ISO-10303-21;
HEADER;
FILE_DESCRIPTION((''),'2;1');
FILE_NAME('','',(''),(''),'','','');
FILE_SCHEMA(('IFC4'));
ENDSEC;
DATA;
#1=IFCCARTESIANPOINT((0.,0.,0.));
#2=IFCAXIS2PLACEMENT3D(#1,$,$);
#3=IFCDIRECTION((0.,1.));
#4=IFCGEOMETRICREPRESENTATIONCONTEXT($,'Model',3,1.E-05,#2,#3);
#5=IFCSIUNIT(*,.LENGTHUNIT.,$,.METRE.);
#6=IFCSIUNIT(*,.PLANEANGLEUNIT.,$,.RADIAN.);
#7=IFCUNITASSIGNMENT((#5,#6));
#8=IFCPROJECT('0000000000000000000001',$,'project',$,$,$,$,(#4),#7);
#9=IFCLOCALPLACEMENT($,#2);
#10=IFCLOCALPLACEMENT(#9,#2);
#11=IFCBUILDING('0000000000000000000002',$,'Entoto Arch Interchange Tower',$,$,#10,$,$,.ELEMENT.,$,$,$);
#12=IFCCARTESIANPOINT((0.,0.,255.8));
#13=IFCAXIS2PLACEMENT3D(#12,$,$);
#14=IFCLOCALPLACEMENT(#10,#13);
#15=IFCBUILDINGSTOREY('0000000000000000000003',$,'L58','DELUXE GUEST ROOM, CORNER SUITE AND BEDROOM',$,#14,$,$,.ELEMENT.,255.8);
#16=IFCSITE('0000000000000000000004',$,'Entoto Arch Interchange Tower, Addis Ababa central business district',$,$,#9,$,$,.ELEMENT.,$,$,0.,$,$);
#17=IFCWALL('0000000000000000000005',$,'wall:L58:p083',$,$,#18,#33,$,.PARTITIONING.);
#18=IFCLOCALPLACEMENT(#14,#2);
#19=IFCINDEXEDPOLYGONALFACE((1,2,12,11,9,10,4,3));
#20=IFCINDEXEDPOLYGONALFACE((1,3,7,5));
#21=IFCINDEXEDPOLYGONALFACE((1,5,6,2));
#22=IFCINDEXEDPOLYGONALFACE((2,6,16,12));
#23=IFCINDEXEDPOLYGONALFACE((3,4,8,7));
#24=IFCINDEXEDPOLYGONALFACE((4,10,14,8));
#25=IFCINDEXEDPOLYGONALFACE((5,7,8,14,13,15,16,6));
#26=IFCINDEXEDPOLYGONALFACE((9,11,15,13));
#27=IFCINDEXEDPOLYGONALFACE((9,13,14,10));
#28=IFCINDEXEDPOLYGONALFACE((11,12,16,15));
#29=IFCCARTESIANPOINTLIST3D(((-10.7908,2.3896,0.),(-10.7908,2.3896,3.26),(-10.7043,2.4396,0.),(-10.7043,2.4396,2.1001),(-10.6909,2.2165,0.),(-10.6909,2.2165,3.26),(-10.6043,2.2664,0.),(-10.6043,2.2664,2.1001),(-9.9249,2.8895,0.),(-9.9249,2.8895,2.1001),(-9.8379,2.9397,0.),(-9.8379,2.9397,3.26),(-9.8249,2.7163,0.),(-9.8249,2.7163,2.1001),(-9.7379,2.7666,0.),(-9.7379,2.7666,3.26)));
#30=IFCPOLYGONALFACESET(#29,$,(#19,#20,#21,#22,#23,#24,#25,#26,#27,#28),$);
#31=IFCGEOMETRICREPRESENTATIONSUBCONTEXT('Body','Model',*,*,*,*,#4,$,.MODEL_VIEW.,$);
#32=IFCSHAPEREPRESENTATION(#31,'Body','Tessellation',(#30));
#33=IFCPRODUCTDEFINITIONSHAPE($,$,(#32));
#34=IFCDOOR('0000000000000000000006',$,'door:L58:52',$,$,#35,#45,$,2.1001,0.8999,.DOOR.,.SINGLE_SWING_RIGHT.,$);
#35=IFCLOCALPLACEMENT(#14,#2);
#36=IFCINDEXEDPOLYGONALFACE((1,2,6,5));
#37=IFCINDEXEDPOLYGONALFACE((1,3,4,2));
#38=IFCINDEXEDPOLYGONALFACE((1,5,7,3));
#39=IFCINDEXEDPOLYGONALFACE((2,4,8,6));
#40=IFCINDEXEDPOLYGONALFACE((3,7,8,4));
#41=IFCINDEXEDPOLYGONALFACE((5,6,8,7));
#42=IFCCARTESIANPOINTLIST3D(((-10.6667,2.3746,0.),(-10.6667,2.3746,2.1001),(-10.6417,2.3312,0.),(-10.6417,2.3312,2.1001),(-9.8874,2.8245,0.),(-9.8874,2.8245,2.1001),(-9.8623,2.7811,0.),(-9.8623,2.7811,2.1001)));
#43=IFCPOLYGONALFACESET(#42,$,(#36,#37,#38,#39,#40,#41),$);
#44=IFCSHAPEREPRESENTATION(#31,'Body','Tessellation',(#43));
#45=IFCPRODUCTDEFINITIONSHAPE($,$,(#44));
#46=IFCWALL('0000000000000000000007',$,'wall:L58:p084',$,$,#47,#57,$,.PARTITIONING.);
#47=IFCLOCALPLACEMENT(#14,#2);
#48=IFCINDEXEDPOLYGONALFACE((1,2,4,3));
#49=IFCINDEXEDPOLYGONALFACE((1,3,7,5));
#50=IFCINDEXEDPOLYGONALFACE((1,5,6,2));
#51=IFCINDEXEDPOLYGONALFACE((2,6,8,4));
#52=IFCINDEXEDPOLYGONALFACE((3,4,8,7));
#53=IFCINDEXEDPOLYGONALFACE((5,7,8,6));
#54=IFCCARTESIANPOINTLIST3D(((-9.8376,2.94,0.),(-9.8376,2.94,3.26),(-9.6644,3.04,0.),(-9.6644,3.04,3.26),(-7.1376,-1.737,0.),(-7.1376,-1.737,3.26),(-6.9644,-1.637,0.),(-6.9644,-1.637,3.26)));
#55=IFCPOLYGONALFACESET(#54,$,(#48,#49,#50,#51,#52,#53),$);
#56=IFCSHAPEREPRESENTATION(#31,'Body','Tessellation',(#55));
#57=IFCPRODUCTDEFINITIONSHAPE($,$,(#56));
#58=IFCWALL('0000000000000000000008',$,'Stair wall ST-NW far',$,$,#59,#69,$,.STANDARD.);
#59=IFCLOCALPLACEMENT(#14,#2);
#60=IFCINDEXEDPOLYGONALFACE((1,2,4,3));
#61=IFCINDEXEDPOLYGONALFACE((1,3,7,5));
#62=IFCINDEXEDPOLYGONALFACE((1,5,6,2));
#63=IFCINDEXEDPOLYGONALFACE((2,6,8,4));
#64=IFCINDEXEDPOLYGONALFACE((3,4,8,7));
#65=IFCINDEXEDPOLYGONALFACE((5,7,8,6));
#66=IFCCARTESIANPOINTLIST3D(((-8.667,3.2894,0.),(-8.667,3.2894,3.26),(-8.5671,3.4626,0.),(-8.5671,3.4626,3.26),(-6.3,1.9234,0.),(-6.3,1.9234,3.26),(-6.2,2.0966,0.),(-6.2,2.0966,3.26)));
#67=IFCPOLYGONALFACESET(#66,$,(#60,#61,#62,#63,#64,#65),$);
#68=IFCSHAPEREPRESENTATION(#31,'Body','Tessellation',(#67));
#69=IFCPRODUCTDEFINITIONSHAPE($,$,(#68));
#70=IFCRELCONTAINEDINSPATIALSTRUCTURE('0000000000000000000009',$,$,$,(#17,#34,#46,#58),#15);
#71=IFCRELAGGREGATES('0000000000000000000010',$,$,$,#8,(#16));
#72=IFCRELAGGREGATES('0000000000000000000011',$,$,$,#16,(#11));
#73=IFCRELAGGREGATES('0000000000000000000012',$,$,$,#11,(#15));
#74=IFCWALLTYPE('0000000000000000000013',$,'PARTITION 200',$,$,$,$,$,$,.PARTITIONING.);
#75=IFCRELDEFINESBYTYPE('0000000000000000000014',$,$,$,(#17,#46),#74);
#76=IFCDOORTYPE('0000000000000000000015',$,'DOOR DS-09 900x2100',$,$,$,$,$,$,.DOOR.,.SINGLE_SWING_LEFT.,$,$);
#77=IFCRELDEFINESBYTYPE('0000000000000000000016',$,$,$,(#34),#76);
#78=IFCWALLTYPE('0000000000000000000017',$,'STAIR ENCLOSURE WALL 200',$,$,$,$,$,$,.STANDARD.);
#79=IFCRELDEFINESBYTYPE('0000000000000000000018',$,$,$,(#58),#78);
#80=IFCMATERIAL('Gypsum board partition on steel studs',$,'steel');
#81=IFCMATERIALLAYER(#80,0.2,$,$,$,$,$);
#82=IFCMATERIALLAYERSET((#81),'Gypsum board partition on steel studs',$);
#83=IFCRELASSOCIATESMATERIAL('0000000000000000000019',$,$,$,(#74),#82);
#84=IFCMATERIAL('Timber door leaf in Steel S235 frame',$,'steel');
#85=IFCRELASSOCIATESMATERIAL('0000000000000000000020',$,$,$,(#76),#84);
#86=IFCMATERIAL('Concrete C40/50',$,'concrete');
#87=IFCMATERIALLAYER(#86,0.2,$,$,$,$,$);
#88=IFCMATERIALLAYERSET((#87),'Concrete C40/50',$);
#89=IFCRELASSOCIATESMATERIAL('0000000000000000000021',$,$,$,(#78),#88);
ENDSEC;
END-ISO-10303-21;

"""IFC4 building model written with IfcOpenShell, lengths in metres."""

from ifc_helpers import new_model, si_unit, direction, frame, frame_2d, origin, place, context, subcontext, project, spatial, rectangle, extrude, material, layer, layer_set, type_object, element, fill, save


model = new_model("IFC4")

# Units and contexts
model_context = context("Model", 3, precision=1e-05, world=origin(), true_north=direction((0.0, 1.0)))
body_context = subcontext(model_context, "Body", "Model", "MODEL_VIEW")
ifc_project = project(units=[si_unit("LENGTHUNIT", "METRE"), si_unit("PLANEANGLEUNIT", "RADIAN")], contexts=[model_context])

# Site, building, storey
site_placement = place(None, origin())
site = spatial("IfcSite", under=ifc_project, at=site_placement, Name="Entoto Arch Interchange Tower, Addis Ababa central business district", CompositionType="ELEMENT", RefElevation=0.0)
building_placement = place(site_placement, origin())
building = spatial("IfcBuilding", under=site, at=building_placement, Name="Entoto Arch Interchange Tower", CompositionType="ELEMENT")
storey_placement = place(building_placement, frame((0.0, 0.0, 255.8)))
storey = spatial("IfcBuildingStorey", under=building, at=storey_placement, Name="L58", Description="DELUXE GUEST ROOM, CORNER SUITE AND BEDROOM", CompositionType="ELEMENT", Elevation=255.8)

# Shared definitions
ifc_material_1 = material(Name="Concrete C40/50", Category="concrete")

# Shared definitions
ifc_material_2 = material(Name="Gypsum board partition on steel studs", Category="steel")
ifc_layer_1 = layer(ifc_material_2, 0.2)
ifc_layer_set_1 = layer_set([ifc_layer_1], Name="Gypsum board partition on steel studs")
wall_type_1 = type_object("IfcWallType", Name="PARTITION 200", PredefinedType="PARTITIONING", material=ifc_layer_set_1)

# Wall, opening, door
wall_1_placement = place(storey_placement, frame((-10.741, 2.303, 0.0), z_axis=(0.0, 0.0, 1.0), x_axis=(0.866064, 0.499934, 0.0)))
wall_1 = element("IfcWall", 1, at=wall_1_placement, inside=storey, type_object=wall_type_1, Name="wall:L58:p083", PredefinedType="PARTITIONING", context=body_context, shape_type="SweptSolid", body=[
    extrude(rectangle(XDim=1.1003, YDim=0.2, at=frame_2d((0.5503, 0.0))), origin(), (0.0, 0.0, 1.0), 3.26),
])
opening_1_placement = place(wall_1_placement, frame((0.1001, 0.0, 0.0)))
opening_1 = element("IfcOpeningElement", 2, at=opening_1_placement, cuts=wall_1, PredefinedType="OPENING", context=body_context, shape_type="SweptSolid", body=[
    extrude(rectangle(XDim=0.8999, YDim=2.1001, at=frame_2d((0.45, 1.05))), frame((0.0, 0.1099, 0.0), z_axis=(0.0, -1.0, 0.0), x_axis=(1.0, 0.0, 0.0)), (0.0, 0.0, 1.0), 0.22),
])
ifc_material_3 = material(Name="Timber door leaf in Steel S235 frame", Category="steel")
door_type_1 = type_object("IfcDoorType", Name="DOOR DS-09 900x2100", OperationType="SINGLE_SWING_LEFT", PredefinedType="DOOR", material=ifc_material_3)
door_1_placement = place(opening_1_placement, origin())
door_1 = element("IfcDoor", 3, at=door_1_placement, inside=storey, type_object=door_type_1, Name="door:L58:52", OperationType="SINGLE_SWING_RIGHT", OverallHeight=2.1001, OverallWidth=0.8999, PredefinedType="DOOR", context=body_context, shape_type="SweptSolid", body=[
    extrude(rectangle(XDim=0.8999, YDim=2.1001, at=frame_2d((0.45, 1.05))), frame((0.0, 0.0249, 0.0), z_axis=(0.0, -1.0, 0.0), x_axis=(1.0, 0.0, 0.0)), (0.0, 0.0, 1.0), 0.05),
])
fill(opening_1, door_1)

# Walls
wall_2_placement = place(storey_placement, frame((-9.751, 2.99, 0.0), z_axis=(0.0, 0.0, 1.0), x_axis=(0.499956, -0.866051, 0.0)))
element("IfcWall", 4, at=wall_2_placement, inside=storey, type_object=wall_type_1, Name="wall:L58:p084", PredefinedType="PARTITIONING", context=body_context, shape_type="SweptSolid", body=[
    extrude(rectangle(XDim=5.4004, YDim=0.2, at=frame_2d((2.7002, 0.0))), origin(), (0.0, 0.0, 1.0), 3.26),
])
ifc_layer_2 = layer(ifc_material_1, 0.2)
ifc_layer_set_2 = layer_set([ifc_layer_2], Name="Concrete C40/50")
wall_type_2 = type_object("IfcWallType", Name="STAIR ENCLOSURE WALL 200", PredefinedType="STANDARD", material=ifc_layer_set_2)
wall_3_placement = place(storey_placement, frame((-6.25, 2.01, 0.0), z_axis=(0.0, 0.0, 1.0), x_axis=(-0.866119, 0.499838, 0.0)))
element("IfcWall", 5, at=wall_3_placement, inside=storey, type_object=wall_type_2, Name="Stair wall ST-NW far", PredefinedType="STANDARD", context=body_context, shape_type="SweptSolid", body=[
    extrude(rectangle(XDim=2.7329, YDim=0.2, at=frame_2d((1.3665, 0.0))), origin(), (0.0, 0.0, 1.0), 3.26),
])

save(model, "model.ifc")
